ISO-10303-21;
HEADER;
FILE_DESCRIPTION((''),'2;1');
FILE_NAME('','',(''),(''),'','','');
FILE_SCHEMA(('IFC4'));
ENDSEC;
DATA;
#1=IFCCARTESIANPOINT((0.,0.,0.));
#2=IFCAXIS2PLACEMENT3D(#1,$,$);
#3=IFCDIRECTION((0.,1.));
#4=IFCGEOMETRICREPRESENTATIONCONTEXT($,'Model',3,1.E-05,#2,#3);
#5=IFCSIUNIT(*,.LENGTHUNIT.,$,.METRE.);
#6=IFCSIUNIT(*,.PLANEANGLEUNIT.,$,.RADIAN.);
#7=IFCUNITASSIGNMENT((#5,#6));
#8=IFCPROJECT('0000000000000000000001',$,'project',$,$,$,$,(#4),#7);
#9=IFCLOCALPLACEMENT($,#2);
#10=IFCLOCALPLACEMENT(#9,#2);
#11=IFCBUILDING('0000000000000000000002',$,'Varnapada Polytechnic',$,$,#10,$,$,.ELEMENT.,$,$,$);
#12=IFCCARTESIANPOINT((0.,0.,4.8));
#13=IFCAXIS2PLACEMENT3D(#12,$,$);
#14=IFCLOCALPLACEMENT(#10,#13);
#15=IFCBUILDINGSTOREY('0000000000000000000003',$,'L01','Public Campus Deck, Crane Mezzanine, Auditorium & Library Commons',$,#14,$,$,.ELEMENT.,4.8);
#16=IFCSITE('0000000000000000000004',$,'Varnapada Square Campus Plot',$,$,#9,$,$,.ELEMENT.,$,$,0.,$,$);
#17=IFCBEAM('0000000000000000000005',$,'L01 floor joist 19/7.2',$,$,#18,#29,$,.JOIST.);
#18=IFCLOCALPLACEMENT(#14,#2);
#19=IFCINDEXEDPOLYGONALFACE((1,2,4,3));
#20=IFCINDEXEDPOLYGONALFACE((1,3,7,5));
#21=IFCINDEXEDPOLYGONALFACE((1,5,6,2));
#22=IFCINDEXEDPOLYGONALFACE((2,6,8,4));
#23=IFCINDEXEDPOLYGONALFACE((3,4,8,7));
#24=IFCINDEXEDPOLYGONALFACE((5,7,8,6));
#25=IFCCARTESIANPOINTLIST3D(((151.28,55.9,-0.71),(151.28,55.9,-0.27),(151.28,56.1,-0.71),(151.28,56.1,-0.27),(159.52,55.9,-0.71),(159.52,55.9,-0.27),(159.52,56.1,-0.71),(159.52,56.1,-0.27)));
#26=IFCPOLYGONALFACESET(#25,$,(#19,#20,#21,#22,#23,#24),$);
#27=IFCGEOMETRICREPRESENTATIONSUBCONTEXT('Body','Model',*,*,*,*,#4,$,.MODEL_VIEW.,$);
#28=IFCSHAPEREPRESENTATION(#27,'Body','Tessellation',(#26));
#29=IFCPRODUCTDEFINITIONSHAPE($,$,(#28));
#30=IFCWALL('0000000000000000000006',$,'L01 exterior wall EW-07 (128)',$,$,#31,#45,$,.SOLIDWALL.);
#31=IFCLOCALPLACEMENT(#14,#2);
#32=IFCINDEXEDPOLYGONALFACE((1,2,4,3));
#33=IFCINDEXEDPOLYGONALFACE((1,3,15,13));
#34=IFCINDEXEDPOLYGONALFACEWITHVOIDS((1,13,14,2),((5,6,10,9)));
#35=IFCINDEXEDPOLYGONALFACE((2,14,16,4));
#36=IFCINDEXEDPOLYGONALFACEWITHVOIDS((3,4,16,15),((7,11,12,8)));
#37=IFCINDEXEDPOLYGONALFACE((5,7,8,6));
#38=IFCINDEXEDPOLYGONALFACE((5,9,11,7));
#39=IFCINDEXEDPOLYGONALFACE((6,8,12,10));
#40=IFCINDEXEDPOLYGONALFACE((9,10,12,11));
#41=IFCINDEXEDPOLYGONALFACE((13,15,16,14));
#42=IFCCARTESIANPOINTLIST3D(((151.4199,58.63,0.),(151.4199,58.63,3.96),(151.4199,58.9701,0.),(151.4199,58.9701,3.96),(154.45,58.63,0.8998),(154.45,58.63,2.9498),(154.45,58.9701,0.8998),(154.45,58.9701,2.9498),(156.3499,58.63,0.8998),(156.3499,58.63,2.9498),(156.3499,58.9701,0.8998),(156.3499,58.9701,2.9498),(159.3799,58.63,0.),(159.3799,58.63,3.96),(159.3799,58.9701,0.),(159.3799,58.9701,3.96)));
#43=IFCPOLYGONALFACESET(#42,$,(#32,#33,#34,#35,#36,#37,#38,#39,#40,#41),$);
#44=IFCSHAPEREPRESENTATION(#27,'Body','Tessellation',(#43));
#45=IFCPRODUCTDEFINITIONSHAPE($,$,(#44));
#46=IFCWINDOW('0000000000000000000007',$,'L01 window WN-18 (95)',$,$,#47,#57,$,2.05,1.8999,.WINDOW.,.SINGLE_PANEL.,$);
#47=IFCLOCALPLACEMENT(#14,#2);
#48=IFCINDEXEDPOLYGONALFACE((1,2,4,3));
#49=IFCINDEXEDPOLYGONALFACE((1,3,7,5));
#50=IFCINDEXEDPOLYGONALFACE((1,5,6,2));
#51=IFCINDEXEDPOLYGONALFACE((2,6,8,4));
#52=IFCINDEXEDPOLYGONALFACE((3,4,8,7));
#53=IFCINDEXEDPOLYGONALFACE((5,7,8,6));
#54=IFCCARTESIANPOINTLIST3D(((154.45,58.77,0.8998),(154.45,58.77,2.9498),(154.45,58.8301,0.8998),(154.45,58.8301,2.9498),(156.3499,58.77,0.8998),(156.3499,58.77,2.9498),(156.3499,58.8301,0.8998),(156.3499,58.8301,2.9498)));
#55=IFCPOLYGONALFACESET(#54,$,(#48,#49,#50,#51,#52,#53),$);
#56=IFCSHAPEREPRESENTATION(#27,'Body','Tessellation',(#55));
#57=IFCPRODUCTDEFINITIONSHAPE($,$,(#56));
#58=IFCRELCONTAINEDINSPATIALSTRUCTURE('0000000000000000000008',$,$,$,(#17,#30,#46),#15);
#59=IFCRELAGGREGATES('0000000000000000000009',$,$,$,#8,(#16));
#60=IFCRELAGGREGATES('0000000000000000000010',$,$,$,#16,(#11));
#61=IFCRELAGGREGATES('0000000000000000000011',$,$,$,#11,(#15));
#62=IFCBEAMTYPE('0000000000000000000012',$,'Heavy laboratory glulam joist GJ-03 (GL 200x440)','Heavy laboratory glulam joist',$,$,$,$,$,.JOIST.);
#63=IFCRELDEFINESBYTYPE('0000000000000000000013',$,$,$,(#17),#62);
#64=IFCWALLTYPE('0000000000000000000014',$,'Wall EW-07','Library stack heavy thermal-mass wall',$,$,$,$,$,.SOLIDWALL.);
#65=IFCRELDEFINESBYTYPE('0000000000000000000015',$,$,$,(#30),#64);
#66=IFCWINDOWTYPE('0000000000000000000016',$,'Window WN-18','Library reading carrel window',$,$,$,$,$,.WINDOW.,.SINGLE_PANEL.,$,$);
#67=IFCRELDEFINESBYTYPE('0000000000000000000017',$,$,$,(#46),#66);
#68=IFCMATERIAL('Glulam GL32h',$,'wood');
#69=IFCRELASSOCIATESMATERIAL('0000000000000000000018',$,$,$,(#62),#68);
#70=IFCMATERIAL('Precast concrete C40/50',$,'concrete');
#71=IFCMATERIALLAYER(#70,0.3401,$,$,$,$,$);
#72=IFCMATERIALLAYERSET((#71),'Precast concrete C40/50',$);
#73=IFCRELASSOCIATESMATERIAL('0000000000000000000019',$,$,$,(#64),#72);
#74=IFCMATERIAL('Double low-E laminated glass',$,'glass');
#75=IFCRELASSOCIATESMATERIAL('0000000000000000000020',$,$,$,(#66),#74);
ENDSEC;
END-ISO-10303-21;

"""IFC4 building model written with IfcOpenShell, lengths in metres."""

from ifc_helpers import new_model, si_unit, direction, frame, frame_2d, origin, origin_2d, place, context, subcontext, project, spatial, rectangle, extrude, material, layer, layer_set, material_profile, profile_set, type_object, element, fill, save


model = new_model("IFC4")

# Units and contexts
model_context = context("Model", 3, precision=1e-05, world=origin(), true_north=direction((0.0, 1.0)))
body_context = subcontext(model_context, "Body", "Model", "MODEL_VIEW")
ifc_project = project(units=[si_unit("LENGTHUNIT", "METRE"), si_unit("PLANEANGLEUNIT", "RADIAN")], contexts=[model_context])

# Site, building, storey
site_placement = place(None, origin())
site = spatial("IfcSite", under=ifc_project, at=site_placement, Name="Varnapada Square Campus Plot", CompositionType="ELEMENT", RefElevation=0.0)
building_placement = place(site_placement, origin())
building = spatial("IfcBuilding", under=site, at=building_placement, Name="Varnapada Polytechnic", CompositionType="ELEMENT")
storey_placement = place(building_placement, frame((0.0, 0.0, 4.8)))
storey = spatial("IfcBuildingStorey", under=building, at=storey_placement, Name="L01", Description="Public Campus Deck, Crane Mezzanine, Auditorium & Library Commons", CompositionType="ELEMENT", Elevation=4.8)

# Beam
ifc_material_1 = material(Name="Glulam GL32h", Category="wood")
ifc_material_profile = material_profile(ifc_material_1, rectangle(XDim=0.2, YDim=0.4399, at=origin_2d()), Name="GL 200x440")
ifc_profile_set = profile_set([ifc_material_profile], Name="Glulam GL32h")
beam_type = type_object("IfcBeamType", Name="Heavy laboratory glulam joist GJ-03 (GL 200x440)", Description="Heavy laboratory glulam joist", PredefinedType="JOIST", material=ifc_profile_set)
beam_placement = place(storey_placement, frame((151.28, 56.0, -0.49), z_axis=(1.0, 0.0, 0.0), x_axis=(0.0, 1.0, 0.0)))
element("IfcBeam", 1, at=beam_placement, inside=storey, type_object=beam_type, Name="L01 floor joist 19/7.2", PredefinedType="JOIST", context=body_context, shape_type="SweptSolid", body=[
    extrude(rectangle(XDim=0.2, YDim=0.4399, at=origin_2d()), origin(), (0.0, 0.0, 1.0), 8.24),
])

# Wall, opening, window
ifc_material_2 = material(Name="Precast concrete C40/50", Category="concrete")
ifc_layer_1 = layer(ifc_material_2, 0.3401)
ifc_layer_set_1 = layer_set([ifc_layer_1], Name="Precast concrete C40/50")
wall_type = type_object("IfcWallType", Name="Wall EW-07", Description="Library stack heavy thermal-mass wall", PredefinedType="SOLIDWALL", material=ifc_layer_set_1)
wall_placement = place(storey_placement, frame((159.3799, 58.8, 0.0), z_axis=(0.0, 0.0, 1.0), x_axis=(-1.0, 0.0, 0.0)))
wall = element("IfcWall", 2, at=wall_placement, inside=storey, type_object=wall_type, Name="L01 exterior wall EW-07 (128)", PredefinedType="SOLIDWALL", context=body_context, shape_type="SweptSolid", body=[
    extrude(rectangle(XDim=7.96, YDim=0.3401, at=frame_2d((3.98, 0.0))), origin(), (0.0, 0.0, 1.0), 3.96),
])
opening_1_placement = place(wall_placement, frame((3.03, 0.0, 0.8999)))
opening_1 = element("IfcOpeningElement", 3, at=opening_1_placement, cuts=wall, PredefinedType="OPENING", context=body_context, shape_type="SweptSolid", body=[
    extrude(rectangle(XDim=1.8999, YDim=2.05, at=frame_2d((0.95, 1.0249))), frame((0.0, 0.1799, 0.0), z_axis=(0.0, -1.0, 0.0), x_axis=(1.0, 0.0, 0.0)), (0.0, 0.0, 1.0), 0.3601),
])
ifc_material_3 = material(Name="Double low-E laminated glass", Category="glass")
window_type = type_object("IfcWindowType", Name="Window WN-18", Description="Library reading carrel window", PartitioningType="SINGLE_PANEL", PredefinedType="WINDOW", material=ifc_material_3)
window_placement = place(opening_1_placement, origin())
window = element("IfcWindow", 4, at=window_placement, inside=storey, type_object=window_type, Name="L01 window WN-18 (95)", OverallHeight=2.05, OverallWidth=1.8999, PartitioningType="SINGLE_PANEL", PredefinedType="WINDOW", context=body_context, shape_type="SweptSolid", body=[
    extrude(rectangle(XDim=1.8999, YDim=2.05, at=frame_2d((0.95, 1.0249))), frame((0.0, 0.03, 0.0), z_axis=(0.0, -1.0, 0.0), x_axis=(1.0, 0.0, 0.0)), (0.0, 0.0, 1.0), 0.0601),
])
fill(opening_1, window)

save(model, "model.ifc")
